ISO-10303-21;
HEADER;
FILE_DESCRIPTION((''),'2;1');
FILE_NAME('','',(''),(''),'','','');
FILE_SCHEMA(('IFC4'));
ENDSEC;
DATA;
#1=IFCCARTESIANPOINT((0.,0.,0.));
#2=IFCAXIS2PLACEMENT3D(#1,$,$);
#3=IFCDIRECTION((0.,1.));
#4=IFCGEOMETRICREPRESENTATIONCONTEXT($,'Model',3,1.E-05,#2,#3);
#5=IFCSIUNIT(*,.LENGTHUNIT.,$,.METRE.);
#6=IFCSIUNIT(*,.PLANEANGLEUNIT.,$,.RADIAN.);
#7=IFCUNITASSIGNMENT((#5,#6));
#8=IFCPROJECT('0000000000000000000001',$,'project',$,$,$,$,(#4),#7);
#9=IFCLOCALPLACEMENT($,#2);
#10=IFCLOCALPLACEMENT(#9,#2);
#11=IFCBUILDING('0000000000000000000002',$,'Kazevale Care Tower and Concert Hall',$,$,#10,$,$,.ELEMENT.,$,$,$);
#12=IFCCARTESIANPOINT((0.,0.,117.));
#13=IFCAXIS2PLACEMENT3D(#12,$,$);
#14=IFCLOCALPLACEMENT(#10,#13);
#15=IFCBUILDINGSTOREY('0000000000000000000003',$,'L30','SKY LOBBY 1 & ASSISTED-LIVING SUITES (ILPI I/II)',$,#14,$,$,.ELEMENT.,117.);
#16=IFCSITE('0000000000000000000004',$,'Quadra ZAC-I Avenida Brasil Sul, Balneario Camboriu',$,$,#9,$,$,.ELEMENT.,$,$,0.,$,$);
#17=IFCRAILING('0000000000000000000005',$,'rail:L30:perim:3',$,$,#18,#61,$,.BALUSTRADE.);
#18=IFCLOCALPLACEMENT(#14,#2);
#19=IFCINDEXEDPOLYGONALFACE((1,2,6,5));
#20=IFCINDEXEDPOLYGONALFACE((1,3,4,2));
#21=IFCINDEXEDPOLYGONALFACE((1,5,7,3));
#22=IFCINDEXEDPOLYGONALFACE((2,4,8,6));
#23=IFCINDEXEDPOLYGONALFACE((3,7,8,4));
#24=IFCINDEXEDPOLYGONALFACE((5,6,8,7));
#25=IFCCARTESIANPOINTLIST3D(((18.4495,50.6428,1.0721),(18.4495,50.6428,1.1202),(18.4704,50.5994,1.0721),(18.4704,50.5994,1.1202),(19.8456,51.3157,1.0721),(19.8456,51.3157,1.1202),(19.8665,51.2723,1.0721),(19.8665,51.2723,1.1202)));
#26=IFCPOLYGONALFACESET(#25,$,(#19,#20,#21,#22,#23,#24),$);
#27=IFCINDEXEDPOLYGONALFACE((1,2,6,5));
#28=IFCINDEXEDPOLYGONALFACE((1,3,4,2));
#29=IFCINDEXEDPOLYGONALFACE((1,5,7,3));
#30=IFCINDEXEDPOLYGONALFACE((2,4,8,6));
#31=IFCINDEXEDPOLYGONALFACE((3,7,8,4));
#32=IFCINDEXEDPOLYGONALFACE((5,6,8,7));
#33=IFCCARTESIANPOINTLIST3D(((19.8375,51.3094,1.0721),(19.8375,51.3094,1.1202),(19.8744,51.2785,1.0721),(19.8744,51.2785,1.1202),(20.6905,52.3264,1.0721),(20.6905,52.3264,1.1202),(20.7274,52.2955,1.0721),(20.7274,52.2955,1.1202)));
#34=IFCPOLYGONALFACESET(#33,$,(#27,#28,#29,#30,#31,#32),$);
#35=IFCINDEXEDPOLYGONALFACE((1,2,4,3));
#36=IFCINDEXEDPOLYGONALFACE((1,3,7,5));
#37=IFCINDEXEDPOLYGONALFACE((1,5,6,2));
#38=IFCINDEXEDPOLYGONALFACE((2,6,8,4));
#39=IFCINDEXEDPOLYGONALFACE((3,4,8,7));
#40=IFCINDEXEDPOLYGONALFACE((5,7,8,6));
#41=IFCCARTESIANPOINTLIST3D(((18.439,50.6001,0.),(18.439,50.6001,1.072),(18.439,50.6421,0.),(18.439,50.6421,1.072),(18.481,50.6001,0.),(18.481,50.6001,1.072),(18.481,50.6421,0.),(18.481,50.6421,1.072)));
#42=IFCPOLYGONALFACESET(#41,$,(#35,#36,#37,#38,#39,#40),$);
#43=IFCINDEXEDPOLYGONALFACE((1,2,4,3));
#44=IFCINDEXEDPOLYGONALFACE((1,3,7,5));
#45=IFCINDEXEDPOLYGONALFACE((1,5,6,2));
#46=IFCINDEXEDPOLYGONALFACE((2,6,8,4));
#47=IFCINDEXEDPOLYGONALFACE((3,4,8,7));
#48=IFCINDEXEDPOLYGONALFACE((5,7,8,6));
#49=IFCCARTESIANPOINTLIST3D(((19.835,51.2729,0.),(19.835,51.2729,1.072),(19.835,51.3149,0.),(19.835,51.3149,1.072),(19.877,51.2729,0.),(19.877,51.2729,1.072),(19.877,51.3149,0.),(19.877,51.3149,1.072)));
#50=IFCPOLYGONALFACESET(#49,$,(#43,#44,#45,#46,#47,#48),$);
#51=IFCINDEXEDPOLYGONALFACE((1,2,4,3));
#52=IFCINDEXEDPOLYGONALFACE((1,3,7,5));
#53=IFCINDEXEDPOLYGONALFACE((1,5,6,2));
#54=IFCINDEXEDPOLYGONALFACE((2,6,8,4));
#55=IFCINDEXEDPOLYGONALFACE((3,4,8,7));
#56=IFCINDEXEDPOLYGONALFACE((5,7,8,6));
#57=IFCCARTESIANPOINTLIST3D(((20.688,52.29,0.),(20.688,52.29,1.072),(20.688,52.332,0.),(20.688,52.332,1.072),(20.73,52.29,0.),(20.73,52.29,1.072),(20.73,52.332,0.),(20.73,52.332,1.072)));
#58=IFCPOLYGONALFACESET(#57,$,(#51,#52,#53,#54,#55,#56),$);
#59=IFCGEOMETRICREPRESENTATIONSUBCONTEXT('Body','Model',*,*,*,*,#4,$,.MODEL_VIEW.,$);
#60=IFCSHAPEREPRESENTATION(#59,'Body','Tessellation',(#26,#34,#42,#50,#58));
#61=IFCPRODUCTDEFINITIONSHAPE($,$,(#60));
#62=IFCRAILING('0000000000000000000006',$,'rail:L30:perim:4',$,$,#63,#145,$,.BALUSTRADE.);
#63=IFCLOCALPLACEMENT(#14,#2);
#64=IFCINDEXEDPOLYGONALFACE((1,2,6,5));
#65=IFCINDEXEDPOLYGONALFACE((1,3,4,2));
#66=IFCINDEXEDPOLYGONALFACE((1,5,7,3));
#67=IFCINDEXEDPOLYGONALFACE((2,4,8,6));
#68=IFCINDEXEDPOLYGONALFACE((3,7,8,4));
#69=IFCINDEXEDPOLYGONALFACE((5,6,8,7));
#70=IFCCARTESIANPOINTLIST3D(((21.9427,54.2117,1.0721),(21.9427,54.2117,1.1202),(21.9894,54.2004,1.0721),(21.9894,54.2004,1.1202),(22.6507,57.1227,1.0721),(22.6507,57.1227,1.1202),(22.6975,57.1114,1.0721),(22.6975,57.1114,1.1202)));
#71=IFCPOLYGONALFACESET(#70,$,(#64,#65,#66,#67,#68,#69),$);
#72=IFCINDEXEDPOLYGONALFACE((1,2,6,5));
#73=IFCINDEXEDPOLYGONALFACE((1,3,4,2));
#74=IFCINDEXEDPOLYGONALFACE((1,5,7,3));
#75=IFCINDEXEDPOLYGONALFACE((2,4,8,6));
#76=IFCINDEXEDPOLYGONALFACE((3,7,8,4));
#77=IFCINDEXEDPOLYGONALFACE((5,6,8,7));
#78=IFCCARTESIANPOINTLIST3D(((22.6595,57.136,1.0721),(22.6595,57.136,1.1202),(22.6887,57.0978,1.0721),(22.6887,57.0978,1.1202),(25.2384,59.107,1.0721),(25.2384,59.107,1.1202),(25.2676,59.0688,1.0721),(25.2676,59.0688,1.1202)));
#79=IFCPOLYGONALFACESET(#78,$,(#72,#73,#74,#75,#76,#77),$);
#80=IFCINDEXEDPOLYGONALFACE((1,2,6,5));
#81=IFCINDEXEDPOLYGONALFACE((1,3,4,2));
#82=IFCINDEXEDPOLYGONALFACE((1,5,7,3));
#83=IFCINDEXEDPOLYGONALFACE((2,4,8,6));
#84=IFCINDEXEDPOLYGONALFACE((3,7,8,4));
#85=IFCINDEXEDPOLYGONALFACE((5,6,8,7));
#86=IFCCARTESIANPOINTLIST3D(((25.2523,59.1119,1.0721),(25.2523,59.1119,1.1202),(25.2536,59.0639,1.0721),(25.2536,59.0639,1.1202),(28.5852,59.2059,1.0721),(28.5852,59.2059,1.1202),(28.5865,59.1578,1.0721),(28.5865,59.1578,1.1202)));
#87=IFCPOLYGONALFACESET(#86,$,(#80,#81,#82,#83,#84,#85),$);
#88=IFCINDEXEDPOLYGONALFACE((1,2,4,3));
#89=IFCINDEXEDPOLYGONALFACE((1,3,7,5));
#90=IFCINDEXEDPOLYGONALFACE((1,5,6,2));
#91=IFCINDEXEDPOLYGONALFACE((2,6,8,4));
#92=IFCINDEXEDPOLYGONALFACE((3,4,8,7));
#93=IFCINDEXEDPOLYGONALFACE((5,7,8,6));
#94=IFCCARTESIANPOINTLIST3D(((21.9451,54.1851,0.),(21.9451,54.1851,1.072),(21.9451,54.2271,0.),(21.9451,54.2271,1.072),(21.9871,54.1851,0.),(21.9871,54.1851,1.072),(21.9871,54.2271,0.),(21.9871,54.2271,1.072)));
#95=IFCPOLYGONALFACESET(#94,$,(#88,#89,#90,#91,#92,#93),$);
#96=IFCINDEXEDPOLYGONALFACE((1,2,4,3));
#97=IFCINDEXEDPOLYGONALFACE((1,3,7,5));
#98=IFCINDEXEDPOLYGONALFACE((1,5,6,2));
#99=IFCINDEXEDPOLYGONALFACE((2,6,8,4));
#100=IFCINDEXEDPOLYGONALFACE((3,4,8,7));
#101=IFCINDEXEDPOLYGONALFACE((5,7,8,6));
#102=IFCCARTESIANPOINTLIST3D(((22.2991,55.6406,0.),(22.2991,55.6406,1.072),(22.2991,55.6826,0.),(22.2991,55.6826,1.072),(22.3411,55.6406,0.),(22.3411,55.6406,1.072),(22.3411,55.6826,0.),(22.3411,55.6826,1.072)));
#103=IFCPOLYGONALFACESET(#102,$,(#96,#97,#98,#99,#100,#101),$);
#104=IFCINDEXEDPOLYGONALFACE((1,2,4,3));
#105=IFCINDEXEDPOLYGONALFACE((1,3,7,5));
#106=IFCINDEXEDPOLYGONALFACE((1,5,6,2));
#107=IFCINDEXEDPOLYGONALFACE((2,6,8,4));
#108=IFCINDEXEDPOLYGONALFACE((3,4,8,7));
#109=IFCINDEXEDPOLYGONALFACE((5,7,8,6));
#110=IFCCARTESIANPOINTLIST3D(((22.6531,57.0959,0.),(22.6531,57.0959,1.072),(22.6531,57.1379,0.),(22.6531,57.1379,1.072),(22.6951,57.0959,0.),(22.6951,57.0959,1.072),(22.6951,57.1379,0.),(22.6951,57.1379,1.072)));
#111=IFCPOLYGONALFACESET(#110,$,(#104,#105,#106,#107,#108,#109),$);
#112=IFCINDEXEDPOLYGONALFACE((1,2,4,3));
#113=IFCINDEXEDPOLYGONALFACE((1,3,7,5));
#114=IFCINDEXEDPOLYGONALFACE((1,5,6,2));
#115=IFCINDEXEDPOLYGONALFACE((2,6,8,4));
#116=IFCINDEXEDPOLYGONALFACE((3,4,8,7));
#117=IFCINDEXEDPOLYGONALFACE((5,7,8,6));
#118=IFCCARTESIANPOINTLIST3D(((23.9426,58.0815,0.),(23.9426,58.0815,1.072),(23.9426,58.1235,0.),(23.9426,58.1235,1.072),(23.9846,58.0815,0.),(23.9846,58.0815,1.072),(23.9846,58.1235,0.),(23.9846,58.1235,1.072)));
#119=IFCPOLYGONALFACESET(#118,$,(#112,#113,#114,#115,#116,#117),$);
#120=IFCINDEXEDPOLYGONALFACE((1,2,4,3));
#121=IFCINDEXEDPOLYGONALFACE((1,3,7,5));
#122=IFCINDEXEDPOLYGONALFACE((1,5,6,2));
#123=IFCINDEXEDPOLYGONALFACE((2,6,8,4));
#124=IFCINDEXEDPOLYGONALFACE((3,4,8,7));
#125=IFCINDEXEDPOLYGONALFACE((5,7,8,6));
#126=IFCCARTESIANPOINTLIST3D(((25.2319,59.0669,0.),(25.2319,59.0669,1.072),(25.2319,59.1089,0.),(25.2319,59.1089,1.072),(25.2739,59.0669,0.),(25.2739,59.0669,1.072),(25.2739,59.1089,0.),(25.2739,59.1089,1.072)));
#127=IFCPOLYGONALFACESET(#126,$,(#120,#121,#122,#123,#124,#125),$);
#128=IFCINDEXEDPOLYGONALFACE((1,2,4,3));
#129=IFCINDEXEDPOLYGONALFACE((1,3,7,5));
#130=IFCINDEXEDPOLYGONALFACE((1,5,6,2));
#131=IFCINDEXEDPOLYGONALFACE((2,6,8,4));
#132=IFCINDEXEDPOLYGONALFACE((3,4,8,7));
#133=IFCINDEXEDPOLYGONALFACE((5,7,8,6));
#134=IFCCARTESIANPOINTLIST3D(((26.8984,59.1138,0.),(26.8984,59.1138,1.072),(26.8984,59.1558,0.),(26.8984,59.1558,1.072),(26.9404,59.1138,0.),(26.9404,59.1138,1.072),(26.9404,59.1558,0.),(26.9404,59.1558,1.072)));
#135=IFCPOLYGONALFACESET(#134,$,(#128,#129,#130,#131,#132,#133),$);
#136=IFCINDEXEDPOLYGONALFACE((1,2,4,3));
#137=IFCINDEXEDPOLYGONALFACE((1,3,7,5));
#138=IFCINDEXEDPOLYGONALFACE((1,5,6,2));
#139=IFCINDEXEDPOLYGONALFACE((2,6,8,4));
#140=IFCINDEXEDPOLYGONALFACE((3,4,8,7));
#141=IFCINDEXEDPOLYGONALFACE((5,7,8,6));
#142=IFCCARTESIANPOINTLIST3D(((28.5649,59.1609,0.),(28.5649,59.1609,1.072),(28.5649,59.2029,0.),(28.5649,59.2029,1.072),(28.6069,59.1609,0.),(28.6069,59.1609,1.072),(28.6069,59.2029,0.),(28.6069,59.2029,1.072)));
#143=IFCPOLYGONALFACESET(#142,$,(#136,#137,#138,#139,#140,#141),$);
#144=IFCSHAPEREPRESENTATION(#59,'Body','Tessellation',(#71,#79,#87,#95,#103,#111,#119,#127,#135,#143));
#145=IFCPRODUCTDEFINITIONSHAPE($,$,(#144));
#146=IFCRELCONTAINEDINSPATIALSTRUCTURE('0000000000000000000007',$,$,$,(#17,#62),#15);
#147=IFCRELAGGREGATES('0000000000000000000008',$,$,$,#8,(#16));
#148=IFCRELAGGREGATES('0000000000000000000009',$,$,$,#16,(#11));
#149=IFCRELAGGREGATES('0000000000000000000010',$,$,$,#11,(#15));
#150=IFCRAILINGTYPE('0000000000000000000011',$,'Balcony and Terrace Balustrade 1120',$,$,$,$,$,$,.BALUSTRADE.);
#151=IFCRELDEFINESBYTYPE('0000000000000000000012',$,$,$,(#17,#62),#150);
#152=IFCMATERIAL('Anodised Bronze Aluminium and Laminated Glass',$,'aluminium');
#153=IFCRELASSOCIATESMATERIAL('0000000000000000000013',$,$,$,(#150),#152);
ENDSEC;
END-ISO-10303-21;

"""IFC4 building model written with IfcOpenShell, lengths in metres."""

from ifc_helpers import new_model, si_unit, direction, frame, origin, origin_2d, place, context, subcontext, project, spatial, rectangle, extrude, material, type_object, element, save


model = new_model("IFC4")

# Units and contexts
model_context = context("Model", 3, precision=1e-05, world=origin(), true_north=direction((0.0, 1.0)))
body_context = subcontext(model_context, "Body", "Model", "MODEL_VIEW")
ifc_project = project(units=[si_unit("LENGTHUNIT", "METRE"), si_unit("PLANEANGLEUNIT", "RADIAN")], contexts=[model_context])

# Site, building, storey
site_placement = place(None, origin())
site = spatial("IfcSite", under=ifc_project, at=site_placement, Name="Quadra ZAC-I Avenida Brasil Sul, Balneario Camboriu", CompositionType="ELEMENT", RefElevation=0.0)
building_placement = place(site_placement, origin())
building = spatial("IfcBuilding", under=site, at=building_placement, Name="Kazevale Care Tower and Concert Hall", CompositionType="ELEMENT")
storey_placement = place(building_placement, frame((0.0, 0.0, 117.0)))
storey = spatial("IfcBuildingStorey", under=building, at=storey_placement, Name="L30", Description="SKY LOBBY 1 & ASSISTED-LIVING SUITES (ILPI I/II)", CompositionType="ELEMENT", Elevation=117.0)

# Railings
ifc_material_1 = material(Name="Anodised Bronze Aluminium and Laminated Glass", Category="aluminium")
railing_type = type_object("IfcRailingType", Name="Balcony and Terrace Balustrade 1120", PredefinedType="BALUSTRADE", material=ifc_material_1)
railing_1_placement = place(storey_placement, frame((18.46, 50.6211, 0.0)))
element("IfcRailing", 1, at=railing_1_placement, inside=storey, type_object=railing_type, Name="rail:L30:perim:3", PredefinedType="BALUSTRADE", context=body_context, shape_type="SweptSolid", body=[
    extrude(rectangle(XDim=0.0481, YDim=0.0481, at=origin_2d()), frame((0.0, 0.0, 1.0962), z_axis=(0.900824, 0.434185, 0.0), x_axis=(-0.434185, 0.900824, 0.0)), (0.0, 0.0, 1.0), 1.5498),
    extrude(rectangle(XDim=0.0481, YDim=0.0481, at=origin_2d()), frame((1.396, 0.6729, 1.0962), z_axis=(0.642605, 0.766197, 0.0), x_axis=(-0.766197, 0.642605, 0.0)), (0.0, 0.0, 1.0), 1.3274),
    extrude(rectangle(XDim=0.042, YDim=0.042, at=origin_2d()), origin(), (0.0, 0.0, 1.0), 1.072),
    extrude(rectangle(XDim=0.042, YDim=0.042, at=origin_2d()), frame((1.396, 0.6729, 0.0)), (0.0, 0.0, 1.0), 1.072),
    extrude(rectangle(XDim=0.042, YDim=0.042, at=origin_2d()), frame((2.249, 1.6899, 0.0)), (0.0, 0.0, 1.0), 1.072),
])
railing_2_placement = place(storey_placement, frame((21.9661, 54.2061, 0.0)))
element("IfcRailing", 2, at=railing_2_placement, inside=storey, type_object=railing_type, Name="rail:L30:perim:4", PredefinedType="BALUSTRADE", context=body_context, shape_type="SweptSolid", body=[
    extrude(rectangle(XDim=0.0481, YDim=0.0481, at=origin_2d()), frame((0.0, 0.0, 1.0962), z_axis=(0.236337, 0.971671, 0.0), x_axis=(-0.971671, 0.236337, 0.0)), (0.0, 0.0, 1.0), 2.9958),
    extrude(rectangle(XDim=0.0481, YDim=0.0481, at=origin_2d()), frame((0.708, 2.9109, 1.0962), z_axis=(0.794524, 0.607232, 0.0), x_axis=(-0.607232, 0.794524, 0.0)), (0.0, 0.0, 1.0), 3.2458),
    extrude(rectangle(XDim=0.0481, YDim=0.0481, at=origin_2d()), frame((3.2869, 4.8818, 1.0962), z_axis=(0.999603, 0.02819, 0.0), x_axis=(-0.02819, 0.999603, 0.0)), (0.0, 0.0, 1.0), 3.3342),
    extrude(rectangle(XDim=0.042, YDim=0.042, at=origin_2d()), origin(), (0.0, 0.0, 1.0), 1.072),
    extrude(rectangle(XDim=0.042, YDim=0.042, at=origin_2d()), frame((0.354, 1.4556, 0.0)), (0.0, 0.0, 1.0), 1.072),
    extrude(rectangle(XDim=0.042, YDim=0.042, at=origin_2d()), frame((0.708, 2.9109, 0.0)), (0.0, 0.0, 1.0), 1.072),
    extrude(rectangle(XDim=0.042, YDim=0.042, at=origin_2d()), frame((1.9976, 3.8965, 0.0)), (0.0, 0.0, 1.0), 1.072),
    extrude(rectangle(XDim=0.042, YDim=0.042, at=origin_2d()), frame((3.2869, 4.8818, 0.0)), (0.0, 0.0, 1.0), 1.072),
    extrude(rectangle(XDim=0.042, YDim=0.042, at=origin_2d()), frame((4.9534, 4.9287, 0.0)), (0.0, 0.0, 1.0), 1.072),
    extrude(rectangle(XDim=0.042, YDim=0.042, at=origin_2d()), frame((6.6199, 4.9758, 0.0)), (0.0, 0.0, 1.0), 1.072),
])

save(model, "model.ifc")
